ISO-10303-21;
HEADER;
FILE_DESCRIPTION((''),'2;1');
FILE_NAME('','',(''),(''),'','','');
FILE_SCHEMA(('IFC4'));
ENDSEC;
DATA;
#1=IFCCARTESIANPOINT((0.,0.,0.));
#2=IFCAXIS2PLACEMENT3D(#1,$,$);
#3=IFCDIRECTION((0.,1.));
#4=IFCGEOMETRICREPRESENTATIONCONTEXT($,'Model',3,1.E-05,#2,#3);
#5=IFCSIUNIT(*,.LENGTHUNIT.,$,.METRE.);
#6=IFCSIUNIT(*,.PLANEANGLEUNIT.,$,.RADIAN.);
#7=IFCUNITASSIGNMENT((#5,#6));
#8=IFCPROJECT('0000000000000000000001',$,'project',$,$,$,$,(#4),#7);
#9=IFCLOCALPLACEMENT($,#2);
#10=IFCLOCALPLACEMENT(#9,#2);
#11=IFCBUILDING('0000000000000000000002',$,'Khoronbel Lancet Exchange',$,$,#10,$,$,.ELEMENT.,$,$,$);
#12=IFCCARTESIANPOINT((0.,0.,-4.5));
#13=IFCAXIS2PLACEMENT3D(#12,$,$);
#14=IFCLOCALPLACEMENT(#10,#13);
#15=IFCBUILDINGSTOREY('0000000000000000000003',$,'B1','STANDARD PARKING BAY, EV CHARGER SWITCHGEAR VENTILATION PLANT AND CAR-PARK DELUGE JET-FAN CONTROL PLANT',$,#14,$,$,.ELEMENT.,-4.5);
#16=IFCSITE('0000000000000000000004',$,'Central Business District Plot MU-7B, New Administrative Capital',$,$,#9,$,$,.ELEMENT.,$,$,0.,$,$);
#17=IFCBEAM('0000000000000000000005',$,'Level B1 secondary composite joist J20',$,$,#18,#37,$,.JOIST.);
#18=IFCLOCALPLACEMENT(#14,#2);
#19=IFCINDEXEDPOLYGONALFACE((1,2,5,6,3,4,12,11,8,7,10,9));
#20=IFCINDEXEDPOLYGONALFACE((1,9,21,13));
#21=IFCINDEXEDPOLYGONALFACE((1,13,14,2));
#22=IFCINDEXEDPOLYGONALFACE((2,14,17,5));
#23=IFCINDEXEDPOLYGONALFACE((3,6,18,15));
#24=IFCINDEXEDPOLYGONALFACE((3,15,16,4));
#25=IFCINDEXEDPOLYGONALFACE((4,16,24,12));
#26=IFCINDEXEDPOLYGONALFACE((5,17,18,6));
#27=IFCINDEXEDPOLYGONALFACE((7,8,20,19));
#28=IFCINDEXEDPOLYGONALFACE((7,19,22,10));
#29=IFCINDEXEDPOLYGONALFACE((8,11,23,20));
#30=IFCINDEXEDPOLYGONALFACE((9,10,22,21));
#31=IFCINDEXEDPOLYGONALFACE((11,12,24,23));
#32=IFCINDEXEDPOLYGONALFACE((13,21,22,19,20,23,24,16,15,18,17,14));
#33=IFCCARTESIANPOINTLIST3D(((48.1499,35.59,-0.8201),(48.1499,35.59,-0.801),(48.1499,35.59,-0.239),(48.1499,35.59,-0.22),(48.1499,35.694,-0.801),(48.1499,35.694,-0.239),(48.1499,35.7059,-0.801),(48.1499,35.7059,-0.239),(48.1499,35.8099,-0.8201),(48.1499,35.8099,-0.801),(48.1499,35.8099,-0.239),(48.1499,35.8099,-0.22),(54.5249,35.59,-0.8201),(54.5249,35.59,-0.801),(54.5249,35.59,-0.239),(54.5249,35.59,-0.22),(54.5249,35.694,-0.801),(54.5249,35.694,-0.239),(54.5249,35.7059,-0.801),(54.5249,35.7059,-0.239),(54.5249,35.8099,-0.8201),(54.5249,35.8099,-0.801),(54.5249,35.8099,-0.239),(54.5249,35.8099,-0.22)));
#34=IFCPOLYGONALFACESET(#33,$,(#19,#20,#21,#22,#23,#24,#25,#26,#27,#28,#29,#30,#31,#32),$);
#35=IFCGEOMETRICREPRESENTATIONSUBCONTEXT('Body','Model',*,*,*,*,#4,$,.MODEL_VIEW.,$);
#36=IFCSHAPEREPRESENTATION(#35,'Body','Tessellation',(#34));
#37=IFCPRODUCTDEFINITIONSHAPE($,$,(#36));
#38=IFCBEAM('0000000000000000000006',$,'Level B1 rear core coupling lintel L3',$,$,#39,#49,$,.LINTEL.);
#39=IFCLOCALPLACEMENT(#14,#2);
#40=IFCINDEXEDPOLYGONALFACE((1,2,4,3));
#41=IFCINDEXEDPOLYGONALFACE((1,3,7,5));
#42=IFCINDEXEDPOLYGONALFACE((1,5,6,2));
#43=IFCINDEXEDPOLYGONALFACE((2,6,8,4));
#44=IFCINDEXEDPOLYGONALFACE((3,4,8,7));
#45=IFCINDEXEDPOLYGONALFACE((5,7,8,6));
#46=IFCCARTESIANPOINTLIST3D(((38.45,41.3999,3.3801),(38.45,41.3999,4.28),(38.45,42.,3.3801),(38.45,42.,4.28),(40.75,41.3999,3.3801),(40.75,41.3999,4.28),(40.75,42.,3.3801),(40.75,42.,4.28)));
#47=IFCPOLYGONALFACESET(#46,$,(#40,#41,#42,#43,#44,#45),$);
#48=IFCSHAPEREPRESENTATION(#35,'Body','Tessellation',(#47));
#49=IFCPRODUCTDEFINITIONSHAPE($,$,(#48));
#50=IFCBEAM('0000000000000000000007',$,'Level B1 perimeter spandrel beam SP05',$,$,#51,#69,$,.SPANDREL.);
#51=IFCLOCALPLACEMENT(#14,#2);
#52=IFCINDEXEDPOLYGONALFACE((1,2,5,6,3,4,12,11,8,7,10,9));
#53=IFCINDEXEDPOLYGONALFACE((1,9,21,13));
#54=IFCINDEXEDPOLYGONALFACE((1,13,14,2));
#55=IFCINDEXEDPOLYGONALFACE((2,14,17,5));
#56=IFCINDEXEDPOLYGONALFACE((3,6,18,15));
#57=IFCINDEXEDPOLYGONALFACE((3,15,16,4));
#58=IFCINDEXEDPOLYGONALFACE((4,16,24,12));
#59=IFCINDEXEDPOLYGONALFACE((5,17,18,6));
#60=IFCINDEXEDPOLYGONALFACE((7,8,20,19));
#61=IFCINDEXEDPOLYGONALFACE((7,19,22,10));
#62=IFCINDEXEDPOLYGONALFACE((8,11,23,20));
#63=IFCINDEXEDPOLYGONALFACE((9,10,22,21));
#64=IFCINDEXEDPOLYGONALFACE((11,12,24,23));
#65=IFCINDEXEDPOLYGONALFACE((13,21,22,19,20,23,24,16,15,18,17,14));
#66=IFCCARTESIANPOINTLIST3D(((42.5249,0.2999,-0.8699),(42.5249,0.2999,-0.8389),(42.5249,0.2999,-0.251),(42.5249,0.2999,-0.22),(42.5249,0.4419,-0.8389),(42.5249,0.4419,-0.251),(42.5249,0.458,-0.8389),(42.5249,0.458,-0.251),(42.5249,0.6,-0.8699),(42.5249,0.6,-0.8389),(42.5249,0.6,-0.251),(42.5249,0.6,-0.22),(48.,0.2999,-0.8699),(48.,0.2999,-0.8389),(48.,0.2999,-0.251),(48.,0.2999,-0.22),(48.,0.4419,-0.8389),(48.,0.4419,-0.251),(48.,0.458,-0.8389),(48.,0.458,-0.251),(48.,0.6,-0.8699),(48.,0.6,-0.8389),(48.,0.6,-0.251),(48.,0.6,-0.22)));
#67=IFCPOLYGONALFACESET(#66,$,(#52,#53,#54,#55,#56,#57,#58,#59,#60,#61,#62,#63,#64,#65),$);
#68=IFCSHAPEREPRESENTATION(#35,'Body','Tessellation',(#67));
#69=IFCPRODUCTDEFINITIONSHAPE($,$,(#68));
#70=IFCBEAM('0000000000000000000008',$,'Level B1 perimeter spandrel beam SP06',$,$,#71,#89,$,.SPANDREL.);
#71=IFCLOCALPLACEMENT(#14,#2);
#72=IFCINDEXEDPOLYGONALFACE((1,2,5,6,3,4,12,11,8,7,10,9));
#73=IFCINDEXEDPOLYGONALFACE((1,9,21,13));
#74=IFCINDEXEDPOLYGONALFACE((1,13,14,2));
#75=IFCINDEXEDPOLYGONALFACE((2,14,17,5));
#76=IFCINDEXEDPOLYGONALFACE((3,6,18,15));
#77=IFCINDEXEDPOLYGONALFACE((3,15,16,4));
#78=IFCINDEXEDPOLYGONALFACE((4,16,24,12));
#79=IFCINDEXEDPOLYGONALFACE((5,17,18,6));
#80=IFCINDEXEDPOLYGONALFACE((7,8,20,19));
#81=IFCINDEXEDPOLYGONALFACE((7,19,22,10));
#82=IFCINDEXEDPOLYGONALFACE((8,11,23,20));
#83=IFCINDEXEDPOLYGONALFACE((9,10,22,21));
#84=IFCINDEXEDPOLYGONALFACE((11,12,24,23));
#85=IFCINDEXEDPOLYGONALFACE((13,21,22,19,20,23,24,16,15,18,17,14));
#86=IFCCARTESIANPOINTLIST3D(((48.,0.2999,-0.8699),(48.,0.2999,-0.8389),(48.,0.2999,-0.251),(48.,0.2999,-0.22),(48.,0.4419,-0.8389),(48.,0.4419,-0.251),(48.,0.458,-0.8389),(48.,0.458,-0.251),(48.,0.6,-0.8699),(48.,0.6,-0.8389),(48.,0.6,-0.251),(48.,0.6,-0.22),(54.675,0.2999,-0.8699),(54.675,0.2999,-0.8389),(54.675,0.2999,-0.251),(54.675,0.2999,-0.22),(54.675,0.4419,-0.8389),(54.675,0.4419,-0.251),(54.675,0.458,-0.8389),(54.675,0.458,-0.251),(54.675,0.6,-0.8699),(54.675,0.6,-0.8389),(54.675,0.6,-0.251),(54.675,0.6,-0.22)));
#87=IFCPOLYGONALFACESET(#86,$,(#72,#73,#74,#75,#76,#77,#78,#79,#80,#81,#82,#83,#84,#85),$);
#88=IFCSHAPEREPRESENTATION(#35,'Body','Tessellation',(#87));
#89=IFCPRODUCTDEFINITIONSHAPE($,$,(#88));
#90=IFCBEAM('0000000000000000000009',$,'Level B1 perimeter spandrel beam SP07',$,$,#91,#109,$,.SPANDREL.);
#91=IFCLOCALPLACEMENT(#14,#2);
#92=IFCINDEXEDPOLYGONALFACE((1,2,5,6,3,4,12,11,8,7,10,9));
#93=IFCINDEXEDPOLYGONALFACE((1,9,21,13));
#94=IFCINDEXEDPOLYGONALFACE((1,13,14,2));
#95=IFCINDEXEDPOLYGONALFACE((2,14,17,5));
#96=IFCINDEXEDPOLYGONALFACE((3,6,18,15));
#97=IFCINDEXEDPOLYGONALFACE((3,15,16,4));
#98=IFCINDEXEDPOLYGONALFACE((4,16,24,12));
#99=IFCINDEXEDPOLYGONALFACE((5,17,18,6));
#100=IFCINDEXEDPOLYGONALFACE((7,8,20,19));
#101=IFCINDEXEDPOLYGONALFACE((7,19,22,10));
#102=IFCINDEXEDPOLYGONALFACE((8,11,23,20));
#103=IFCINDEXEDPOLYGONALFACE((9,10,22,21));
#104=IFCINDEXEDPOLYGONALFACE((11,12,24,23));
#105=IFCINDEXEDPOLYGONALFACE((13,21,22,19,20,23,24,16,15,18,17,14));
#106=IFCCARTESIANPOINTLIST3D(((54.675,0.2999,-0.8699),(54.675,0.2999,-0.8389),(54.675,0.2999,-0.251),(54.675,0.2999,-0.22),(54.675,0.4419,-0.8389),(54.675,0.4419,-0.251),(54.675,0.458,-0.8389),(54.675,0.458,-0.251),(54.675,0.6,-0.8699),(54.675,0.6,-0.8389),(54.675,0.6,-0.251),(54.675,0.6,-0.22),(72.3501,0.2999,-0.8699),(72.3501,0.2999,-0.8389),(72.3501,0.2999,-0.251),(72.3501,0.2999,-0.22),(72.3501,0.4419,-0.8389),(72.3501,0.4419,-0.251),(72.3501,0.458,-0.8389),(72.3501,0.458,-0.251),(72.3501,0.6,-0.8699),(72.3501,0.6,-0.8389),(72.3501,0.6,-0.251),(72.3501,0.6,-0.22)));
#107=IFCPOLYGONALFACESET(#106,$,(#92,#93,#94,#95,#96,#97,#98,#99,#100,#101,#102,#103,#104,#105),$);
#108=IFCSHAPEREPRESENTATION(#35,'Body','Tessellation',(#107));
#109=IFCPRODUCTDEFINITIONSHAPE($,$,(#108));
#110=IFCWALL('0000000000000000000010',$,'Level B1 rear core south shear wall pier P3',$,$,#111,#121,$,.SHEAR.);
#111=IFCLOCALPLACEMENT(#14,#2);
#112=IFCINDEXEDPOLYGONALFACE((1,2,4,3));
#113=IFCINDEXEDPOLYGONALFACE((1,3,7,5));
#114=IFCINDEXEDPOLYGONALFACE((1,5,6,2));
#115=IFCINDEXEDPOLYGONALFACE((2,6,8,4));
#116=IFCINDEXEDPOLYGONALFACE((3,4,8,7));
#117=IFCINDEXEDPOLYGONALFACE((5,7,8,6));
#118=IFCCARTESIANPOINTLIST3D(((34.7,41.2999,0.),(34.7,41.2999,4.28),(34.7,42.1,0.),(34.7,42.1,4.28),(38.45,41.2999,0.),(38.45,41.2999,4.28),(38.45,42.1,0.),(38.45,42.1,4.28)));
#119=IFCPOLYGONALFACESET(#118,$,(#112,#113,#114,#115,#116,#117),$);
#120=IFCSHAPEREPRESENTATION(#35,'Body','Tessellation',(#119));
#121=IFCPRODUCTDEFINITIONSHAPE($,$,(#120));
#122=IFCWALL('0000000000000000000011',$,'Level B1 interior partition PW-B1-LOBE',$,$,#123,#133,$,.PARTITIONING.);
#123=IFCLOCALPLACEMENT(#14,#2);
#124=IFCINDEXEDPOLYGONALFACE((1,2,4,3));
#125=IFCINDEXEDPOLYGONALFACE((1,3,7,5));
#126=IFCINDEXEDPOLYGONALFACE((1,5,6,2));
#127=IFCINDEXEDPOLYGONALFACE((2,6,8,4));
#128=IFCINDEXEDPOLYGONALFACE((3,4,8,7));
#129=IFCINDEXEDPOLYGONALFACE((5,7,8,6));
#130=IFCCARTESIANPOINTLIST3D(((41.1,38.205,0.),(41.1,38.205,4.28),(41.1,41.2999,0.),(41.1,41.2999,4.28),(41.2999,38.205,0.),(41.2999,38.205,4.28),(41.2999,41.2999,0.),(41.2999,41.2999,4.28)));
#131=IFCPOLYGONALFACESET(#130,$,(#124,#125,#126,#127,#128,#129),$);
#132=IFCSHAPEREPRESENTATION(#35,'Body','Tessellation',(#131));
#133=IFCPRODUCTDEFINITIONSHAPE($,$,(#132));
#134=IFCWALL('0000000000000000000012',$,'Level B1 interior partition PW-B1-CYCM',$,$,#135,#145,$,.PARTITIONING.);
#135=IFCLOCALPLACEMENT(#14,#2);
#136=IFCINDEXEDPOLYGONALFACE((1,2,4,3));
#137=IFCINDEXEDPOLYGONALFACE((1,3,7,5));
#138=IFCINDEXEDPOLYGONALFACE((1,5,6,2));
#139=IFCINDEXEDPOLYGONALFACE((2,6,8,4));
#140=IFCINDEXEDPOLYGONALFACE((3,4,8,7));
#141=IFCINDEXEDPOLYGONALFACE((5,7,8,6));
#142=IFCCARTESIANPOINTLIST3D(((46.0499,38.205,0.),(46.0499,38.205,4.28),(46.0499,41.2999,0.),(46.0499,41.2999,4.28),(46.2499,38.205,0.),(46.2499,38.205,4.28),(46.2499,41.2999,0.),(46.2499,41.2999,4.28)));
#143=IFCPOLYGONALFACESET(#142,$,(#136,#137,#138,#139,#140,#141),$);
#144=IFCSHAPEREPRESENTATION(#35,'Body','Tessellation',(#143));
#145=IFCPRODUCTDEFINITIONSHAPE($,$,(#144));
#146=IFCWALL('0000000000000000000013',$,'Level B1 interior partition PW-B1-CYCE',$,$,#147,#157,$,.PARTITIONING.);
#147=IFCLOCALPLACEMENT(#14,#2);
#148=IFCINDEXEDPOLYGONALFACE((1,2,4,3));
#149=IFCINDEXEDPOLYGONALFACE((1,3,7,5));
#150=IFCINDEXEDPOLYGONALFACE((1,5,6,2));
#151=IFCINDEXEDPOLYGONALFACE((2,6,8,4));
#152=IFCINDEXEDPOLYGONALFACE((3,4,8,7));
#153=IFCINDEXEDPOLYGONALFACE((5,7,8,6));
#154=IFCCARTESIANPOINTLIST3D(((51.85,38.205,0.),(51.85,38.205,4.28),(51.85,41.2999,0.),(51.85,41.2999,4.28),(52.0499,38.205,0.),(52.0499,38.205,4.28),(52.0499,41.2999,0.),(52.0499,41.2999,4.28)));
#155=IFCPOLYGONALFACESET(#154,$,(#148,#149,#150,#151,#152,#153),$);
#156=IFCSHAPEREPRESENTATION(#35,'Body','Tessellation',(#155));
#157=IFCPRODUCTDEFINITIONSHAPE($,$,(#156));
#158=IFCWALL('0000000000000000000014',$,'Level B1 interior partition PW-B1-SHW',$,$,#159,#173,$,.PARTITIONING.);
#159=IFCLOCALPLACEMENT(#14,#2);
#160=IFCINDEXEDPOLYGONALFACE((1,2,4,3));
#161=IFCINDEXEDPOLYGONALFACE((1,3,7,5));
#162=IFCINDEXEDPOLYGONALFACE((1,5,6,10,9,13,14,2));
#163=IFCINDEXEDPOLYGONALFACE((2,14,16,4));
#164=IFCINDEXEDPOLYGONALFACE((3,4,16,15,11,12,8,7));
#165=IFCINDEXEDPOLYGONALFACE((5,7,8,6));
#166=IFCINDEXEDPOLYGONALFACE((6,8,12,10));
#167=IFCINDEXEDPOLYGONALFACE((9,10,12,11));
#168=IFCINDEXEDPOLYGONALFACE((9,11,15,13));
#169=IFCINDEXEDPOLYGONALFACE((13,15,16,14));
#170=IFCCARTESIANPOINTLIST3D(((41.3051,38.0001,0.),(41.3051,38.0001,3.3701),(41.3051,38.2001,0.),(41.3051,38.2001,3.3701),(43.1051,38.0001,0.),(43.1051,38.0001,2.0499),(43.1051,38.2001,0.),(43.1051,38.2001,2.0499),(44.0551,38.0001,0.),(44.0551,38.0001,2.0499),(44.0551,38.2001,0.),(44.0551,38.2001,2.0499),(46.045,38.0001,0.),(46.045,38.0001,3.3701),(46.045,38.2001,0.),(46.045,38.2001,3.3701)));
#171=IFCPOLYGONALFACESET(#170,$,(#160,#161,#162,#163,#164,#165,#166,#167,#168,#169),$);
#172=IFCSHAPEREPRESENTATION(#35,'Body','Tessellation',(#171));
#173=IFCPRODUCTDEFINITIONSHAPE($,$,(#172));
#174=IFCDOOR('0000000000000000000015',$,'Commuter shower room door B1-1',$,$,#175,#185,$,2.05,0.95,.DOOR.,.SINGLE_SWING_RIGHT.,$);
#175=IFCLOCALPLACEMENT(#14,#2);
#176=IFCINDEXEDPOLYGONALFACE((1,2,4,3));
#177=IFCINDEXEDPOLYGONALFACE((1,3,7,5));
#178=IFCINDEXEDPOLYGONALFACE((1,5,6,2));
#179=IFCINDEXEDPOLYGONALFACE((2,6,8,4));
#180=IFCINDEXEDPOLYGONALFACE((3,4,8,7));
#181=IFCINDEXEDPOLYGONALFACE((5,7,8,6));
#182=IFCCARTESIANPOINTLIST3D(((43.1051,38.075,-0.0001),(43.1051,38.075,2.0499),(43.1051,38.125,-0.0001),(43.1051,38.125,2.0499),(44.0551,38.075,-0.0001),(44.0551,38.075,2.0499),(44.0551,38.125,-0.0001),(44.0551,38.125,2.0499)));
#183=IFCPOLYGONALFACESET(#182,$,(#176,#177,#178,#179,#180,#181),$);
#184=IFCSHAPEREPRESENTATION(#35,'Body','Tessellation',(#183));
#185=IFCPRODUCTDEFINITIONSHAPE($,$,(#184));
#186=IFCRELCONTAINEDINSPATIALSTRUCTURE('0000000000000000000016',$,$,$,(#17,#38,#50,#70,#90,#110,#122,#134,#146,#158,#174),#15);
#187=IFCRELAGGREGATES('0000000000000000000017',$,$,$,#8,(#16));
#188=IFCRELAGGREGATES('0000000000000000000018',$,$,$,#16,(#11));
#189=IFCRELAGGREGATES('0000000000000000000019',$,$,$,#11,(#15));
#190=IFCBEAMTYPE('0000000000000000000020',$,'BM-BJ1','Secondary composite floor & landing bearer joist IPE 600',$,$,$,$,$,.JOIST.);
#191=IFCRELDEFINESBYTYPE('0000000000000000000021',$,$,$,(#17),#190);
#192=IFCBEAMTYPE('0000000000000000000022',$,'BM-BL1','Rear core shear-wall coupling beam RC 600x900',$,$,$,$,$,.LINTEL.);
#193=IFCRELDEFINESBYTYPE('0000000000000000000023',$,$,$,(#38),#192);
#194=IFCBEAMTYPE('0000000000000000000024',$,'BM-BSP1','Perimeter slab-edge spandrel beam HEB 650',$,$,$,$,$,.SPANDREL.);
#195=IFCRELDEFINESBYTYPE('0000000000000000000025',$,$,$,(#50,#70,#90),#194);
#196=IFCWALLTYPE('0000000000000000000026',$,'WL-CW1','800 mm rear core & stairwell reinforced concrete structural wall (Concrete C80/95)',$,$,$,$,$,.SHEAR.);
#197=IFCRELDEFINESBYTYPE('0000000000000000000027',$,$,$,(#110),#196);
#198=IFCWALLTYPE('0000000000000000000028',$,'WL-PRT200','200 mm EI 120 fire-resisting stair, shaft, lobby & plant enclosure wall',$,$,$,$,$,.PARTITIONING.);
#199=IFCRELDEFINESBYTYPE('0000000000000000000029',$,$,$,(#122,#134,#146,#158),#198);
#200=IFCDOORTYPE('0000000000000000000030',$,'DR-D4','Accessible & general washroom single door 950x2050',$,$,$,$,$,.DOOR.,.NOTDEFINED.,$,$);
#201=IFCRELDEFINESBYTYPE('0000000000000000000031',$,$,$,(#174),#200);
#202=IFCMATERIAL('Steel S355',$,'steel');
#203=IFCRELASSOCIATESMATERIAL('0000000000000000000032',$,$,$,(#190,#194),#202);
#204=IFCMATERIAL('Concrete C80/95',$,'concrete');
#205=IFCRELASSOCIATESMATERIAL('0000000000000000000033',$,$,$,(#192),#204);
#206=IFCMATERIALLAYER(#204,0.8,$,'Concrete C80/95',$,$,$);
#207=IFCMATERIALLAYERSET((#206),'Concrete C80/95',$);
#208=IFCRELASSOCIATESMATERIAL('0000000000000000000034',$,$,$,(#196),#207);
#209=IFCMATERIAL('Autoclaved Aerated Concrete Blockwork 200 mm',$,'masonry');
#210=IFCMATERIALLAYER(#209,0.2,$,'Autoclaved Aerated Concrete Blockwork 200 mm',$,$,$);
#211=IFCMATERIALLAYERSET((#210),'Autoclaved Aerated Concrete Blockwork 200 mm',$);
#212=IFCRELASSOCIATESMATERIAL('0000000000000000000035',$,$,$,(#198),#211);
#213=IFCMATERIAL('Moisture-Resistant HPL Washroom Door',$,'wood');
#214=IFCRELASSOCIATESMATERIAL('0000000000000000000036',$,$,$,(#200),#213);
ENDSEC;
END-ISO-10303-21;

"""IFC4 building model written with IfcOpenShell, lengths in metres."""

from ifc_helpers import new_model, si_unit, direction, frame, frame_2d, origin, origin_2d, place, context, subcontext, project, spatial, rectangle, i_section, extrude, material, layer, layer_set, material_profile, profile_set, type_object, element, fill, save


model = new_model("IFC4")

# Units and contexts
model_context = context("Model", 3, precision=1e-05, world=origin(), true_north=direction((0.0, 1.0)))
body_context = subcontext(model_context, "Body", "Model", "MODEL_VIEW")
ifc_project = project(units=[si_unit("LENGTHUNIT", "METRE"), si_unit("PLANEANGLEUNIT", "RADIAN")], contexts=[model_context])

# Site, building, storey
site_placement = place(None, origin())
site = spatial("IfcSite", under=ifc_project, at=site_placement, Name="Central Business District Plot MU-7B, New Administrative Capital", CompositionType="ELEMENT", RefElevation=0.0)
building_placement = place(site_placement, origin())
building = spatial("IfcBuilding", under=site, at=building_placement, Name="Khoronbel Lancet Exchange", CompositionType="ELEMENT")
storey_placement = place(building_placement, frame((0.0, 0.0, -4.5)))
storey = spatial("IfcBuildingStorey", under=building, at=storey_placement, Name="B1", Description="STANDARD PARKING BAY, EV CHARGER SWITCHGEAR VENTILATION PLANT AND CAR-PARK DELUGE JET-FAN CONTROL PLANT", CompositionType="ELEMENT", Elevation=-4.5)

# Beams
ifc_material_1 = material(Name="Steel S355", Category="steel")
ifc_material_profile_1 = material_profile(ifc_material_1, i_section(OverallWidth=0.22, OverallDepth=0.6001, WebThickness=0.012, FlangeThickness=0.019, at=origin_2d()), Name="IPE 600")
ifc_profile_set_1 = profile_set([ifc_material_profile_1], Name="Steel S355")
beam_type_1 = type_object("IfcBeamType", Name="BM-BJ1", Description="Secondary composite floor & landing bearer joist IPE 600", PredefinedType="JOIST", material=ifc_profile_set_1)
beam_1_placement = place(storey_placement, frame((48.1499, 35.7, -0.52), z_axis=(1.0, 0.0, 0.0), x_axis=(0.0, 1.0, 0.0)))
element("IfcBeam", 1, at=beam_1_placement, inside=storey, type_object=beam_type_1, Name="Level B1 secondary composite joist J20", PredefinedType="JOIST", context=body_context, shape_type="SweptSolid", body=[
    extrude(i_section(OverallWidth=0.22, OverallDepth=0.6001, WebThickness=0.012, FlangeThickness=0.019, at=origin_2d()), origin(), (0.0, 0.0, 1.0), 6.375),
])
ifc_material_2 = material(Name="Concrete C80/95", Category="concrete")
ifc_material_profile_2 = material_profile(ifc_material_2, rectangle(XDim=0.6001, YDim=0.8999, at=origin_2d()), Name="RC 600x900")
ifc_profile_set_2 = profile_set([ifc_material_profile_2], Name="Concrete C80/95")
beam_type_2 = type_object("IfcBeamType", Name="BM-BL1", Description="Rear core shear-wall coupling beam RC 600x900", PredefinedType="LINTEL", material=ifc_profile_set_2)
beam_2_placement = place(storey_placement, frame((38.45, 41.7, 3.8301), z_axis=(1.0, 0.0, 0.0), x_axis=(0.0, 1.0, 0.0)))
element("IfcBeam", 2, at=beam_2_placement, inside=storey, type_object=beam_type_2, Name="Level B1 rear core coupling lintel L3", PredefinedType="LINTEL", context=body_context, shape_type="SweptSolid", body=[
    extrude(rectangle(XDim=0.6001, YDim=0.8999, at=origin_2d()), origin(), (0.0, 0.0, 1.0), 2.3),
])
ifc_material_profile_3 = material_profile(ifc_material_1, i_section(OverallWidth=0.3, OverallDepth=0.6499, WebThickness=0.0161, FlangeThickness=0.031, at=origin_2d()), Name="HEB 650")
ifc_profile_set_3 = profile_set([ifc_material_profile_3], Name="Steel S355")
beam_type_3 = type_object("IfcBeamType", Name="BM-BSP1", Description="Perimeter slab-edge spandrel beam HEB 650", PredefinedType="SPANDREL", material=ifc_profile_set_3)
beam_3_placement = place(storey_placement, frame((42.5249, 0.45, -0.5449), z_axis=(1.0, 0.0, 0.0), x_axis=(0.0, 1.0, 0.0)))
element("IfcBeam", 3, at=beam_3_placement, inside=storey, type_object=beam_type_3, Name="Level B1 perimeter spandrel beam SP05", PredefinedType="SPANDREL", context=body_context, shape_type="SweptSolid", body=[
    extrude(i_section(OverallWidth=0.3, OverallDepth=0.6499, WebThickness=0.0161, FlangeThickness=0.031, at=origin_2d()), origin(), (0.0, 0.0, 1.0), 5.4751),
])
beam_4_placement = place(storey_placement, frame((48.0, 0.45, -0.5449), z_axis=(1.0, 0.0, 0.0), x_axis=(0.0, 1.0, 0.0)))
element("IfcBeam", 4, at=beam_4_placement, inside=storey, type_object=beam_type_3, Name="Level B1 perimeter spandrel beam SP06", PredefinedType="SPANDREL", context=body_context, shape_type="SweptSolid", body=[
    extrude(i_section(OverallWidth=0.3, OverallDepth=0.6499, WebThickness=0.0161, FlangeThickness=0.031, at=origin_2d()), origin(), (0.0, 0.0, 1.0), 6.675),
])
beam_5_placement = place(storey_placement, frame((54.675, 0.45, -0.5449), z_axis=(1.0, 0.0, 0.0), x_axis=(0.0, 1.0, 0.0)))
element("IfcBeam", 5, at=beam_5_placement, inside=storey, type_object=beam_type_3, Name="Level B1 perimeter spandrel beam SP07", PredefinedType="SPANDREL", context=body_context, shape_type="SweptSolid", body=[
    extrude(i_section(OverallWidth=0.3, OverallDepth=0.6499, WebThickness=0.0161, FlangeThickness=0.031, at=origin_2d()), origin(), (0.0, 0.0, 1.0), 17.675),
])

# Walls
ifc_layer_1 = layer(ifc_material_2, 0.8, Name="Concrete C80/95")
ifc_layer_set_1 = layer_set([ifc_layer_1], Name="Concrete C80/95")
wall_type_1 = type_object("IfcWallType", Name="WL-CW1", Description="800 mm rear core & stairwell reinforced concrete structural wall (Concrete C80/95)", PredefinedType="SHEAR", material=ifc_layer_set_1)
wall_1_placement = place(storey_placement, frame((38.45, 41.7, 0.0), z_axis=(0.0, 0.0, 1.0), x_axis=(-1.0, 0.0, 0.0)))
element("IfcWall", 6, at=wall_1_placement, inside=storey, type_object=wall_type_1, Name="Level B1 rear core south shear wall pier P3", PredefinedType="SHEAR", context=body_context, shape_type="SweptSolid", body=[
    extrude(rectangle(XDim=3.75, YDim=0.8, at=frame_2d((1.875, 0.0))), origin(), (0.0, 0.0, 1.0), 4.28),
])
ifc_material_3 = material(Name="Autoclaved Aerated Concrete Blockwork 200 mm", Category="masonry")
ifc_layer_2 = layer(ifc_material_3, 0.2, Name="Autoclaved Aerated Concrete Blockwork 200 mm")
ifc_layer_set_2 = layer_set([ifc_layer_2], Name="Autoclaved Aerated Concrete Blockwork 200 mm")
wall_type_2 = type_object("IfcWallType", Name="WL-PRT200", Description="200 mm EI 120 fire-resisting stair, shaft, lobby & plant enclosure wall", PredefinedType="PARTITIONING", material=ifc_layer_set_2)
for number, where, z_axis, x_axis, name in (
    (7, (41.2, 38.2051, 0.0), (0.0, 0.0, 1.0), (0.0, 1.0, 0.0), "Level B1 interior partition PW-B1-LOBE"),
    (8, (46.1499, 38.2051, 0.0), (0.0, 0.0, 1.0), (0.0, 1.0, 0.0), "Level B1 interior partition PW-B1-CYCM"),
    (9, (51.95, 38.2051, 0.0), (0.0, 0.0, 1.0), (0.0, 1.0, 0.0), "Level B1 interior partition PW-B1-CYCE"),
):
    element("IfcWall", number, at=place(storey_placement, frame(where, z_axis=z_axis, x_axis=x_axis)), inside=storey, type_object=wall_type_2, Name=name, PredefinedType="PARTITIONING", context=body_context, shape_type="SweptSolid", body=[
        extrude(rectangle(XDim=3.095, YDim=0.2, at=frame_2d((1.5474, 0.0))), origin(), (0.0, 0.0, 1.0), 4.28),
    ])

# Wall, opening, door
wall_2_placement = place(storey_placement, frame((41.3049, 38.1001, 0.0), z_axis=(0.0, 0.0, 1.0), x_axis=(1.0, 0.0, 0.0)))
wall_2 = element("IfcWall", 10, at=wall_2_placement, inside=storey, type_object=wall_type_2, Name="Level B1 interior partition PW-B1-SHW", PredefinedType="PARTITIONING", context=body_context, shape_type="SweptSolid", body=[
    extrude(rectangle(XDim=4.74, YDim=0.2, at=frame_2d((2.3701, 0.0))), origin(), (0.0, 0.0, 1.0), 3.3701),
])
opening_1_placement = place(wall_2_placement, frame((1.8, 0.0, 0.0)))
opening_1 = element("IfcOpeningElement", 11, at=opening_1_placement, cuts=wall_2, PredefinedType="OPENING", context=body_context, shape_type="SweptSolid", body=[
    extrude(rectangle(XDim=0.95, YDim=2.05, at=frame_2d((0.4751, 1.0249))), frame((0.0, 0.1099, 0.0), z_axis=(0.0, -1.0, 0.0), x_axis=(1.0, 0.0, 0.0)), (0.0, 0.0, 1.0), 0.22),
])
ifc_material_4 = material(Name="Moisture-Resistant HPL Washroom Door", Category="wood")
door_type_1 = type_object("IfcDoorType", Name="DR-D4", Description="Accessible & general washroom single door 950x2050", OperationType="NOTDEFINED", PredefinedType="DOOR", material=ifc_material_4)
door_1_placement = place(opening_1_placement, origin())
door_1 = element("IfcDoor", 12, at=door_1_placement, inside=storey, type_object=door_type_1, Name="Commuter shower room door B1-1", OperationType="SINGLE_SWING_RIGHT", OverallHeight=2.05, OverallWidth=0.95, PredefinedType="DOOR", context=body_context, shape_type="SweptSolid", body=[
    extrude(rectangle(XDim=0.95, YDim=2.05, at=frame_2d((0.4751, 1.0249))), frame((0.0, 0.0249, 0.0), z_axis=(0.0, -1.0, 0.0), x_axis=(1.0, 0.0, 0.0)), (0.0, 0.0, 1.0), 0.05),
])
fill(opening_1, door_1)

save(model, "model.ifc")
